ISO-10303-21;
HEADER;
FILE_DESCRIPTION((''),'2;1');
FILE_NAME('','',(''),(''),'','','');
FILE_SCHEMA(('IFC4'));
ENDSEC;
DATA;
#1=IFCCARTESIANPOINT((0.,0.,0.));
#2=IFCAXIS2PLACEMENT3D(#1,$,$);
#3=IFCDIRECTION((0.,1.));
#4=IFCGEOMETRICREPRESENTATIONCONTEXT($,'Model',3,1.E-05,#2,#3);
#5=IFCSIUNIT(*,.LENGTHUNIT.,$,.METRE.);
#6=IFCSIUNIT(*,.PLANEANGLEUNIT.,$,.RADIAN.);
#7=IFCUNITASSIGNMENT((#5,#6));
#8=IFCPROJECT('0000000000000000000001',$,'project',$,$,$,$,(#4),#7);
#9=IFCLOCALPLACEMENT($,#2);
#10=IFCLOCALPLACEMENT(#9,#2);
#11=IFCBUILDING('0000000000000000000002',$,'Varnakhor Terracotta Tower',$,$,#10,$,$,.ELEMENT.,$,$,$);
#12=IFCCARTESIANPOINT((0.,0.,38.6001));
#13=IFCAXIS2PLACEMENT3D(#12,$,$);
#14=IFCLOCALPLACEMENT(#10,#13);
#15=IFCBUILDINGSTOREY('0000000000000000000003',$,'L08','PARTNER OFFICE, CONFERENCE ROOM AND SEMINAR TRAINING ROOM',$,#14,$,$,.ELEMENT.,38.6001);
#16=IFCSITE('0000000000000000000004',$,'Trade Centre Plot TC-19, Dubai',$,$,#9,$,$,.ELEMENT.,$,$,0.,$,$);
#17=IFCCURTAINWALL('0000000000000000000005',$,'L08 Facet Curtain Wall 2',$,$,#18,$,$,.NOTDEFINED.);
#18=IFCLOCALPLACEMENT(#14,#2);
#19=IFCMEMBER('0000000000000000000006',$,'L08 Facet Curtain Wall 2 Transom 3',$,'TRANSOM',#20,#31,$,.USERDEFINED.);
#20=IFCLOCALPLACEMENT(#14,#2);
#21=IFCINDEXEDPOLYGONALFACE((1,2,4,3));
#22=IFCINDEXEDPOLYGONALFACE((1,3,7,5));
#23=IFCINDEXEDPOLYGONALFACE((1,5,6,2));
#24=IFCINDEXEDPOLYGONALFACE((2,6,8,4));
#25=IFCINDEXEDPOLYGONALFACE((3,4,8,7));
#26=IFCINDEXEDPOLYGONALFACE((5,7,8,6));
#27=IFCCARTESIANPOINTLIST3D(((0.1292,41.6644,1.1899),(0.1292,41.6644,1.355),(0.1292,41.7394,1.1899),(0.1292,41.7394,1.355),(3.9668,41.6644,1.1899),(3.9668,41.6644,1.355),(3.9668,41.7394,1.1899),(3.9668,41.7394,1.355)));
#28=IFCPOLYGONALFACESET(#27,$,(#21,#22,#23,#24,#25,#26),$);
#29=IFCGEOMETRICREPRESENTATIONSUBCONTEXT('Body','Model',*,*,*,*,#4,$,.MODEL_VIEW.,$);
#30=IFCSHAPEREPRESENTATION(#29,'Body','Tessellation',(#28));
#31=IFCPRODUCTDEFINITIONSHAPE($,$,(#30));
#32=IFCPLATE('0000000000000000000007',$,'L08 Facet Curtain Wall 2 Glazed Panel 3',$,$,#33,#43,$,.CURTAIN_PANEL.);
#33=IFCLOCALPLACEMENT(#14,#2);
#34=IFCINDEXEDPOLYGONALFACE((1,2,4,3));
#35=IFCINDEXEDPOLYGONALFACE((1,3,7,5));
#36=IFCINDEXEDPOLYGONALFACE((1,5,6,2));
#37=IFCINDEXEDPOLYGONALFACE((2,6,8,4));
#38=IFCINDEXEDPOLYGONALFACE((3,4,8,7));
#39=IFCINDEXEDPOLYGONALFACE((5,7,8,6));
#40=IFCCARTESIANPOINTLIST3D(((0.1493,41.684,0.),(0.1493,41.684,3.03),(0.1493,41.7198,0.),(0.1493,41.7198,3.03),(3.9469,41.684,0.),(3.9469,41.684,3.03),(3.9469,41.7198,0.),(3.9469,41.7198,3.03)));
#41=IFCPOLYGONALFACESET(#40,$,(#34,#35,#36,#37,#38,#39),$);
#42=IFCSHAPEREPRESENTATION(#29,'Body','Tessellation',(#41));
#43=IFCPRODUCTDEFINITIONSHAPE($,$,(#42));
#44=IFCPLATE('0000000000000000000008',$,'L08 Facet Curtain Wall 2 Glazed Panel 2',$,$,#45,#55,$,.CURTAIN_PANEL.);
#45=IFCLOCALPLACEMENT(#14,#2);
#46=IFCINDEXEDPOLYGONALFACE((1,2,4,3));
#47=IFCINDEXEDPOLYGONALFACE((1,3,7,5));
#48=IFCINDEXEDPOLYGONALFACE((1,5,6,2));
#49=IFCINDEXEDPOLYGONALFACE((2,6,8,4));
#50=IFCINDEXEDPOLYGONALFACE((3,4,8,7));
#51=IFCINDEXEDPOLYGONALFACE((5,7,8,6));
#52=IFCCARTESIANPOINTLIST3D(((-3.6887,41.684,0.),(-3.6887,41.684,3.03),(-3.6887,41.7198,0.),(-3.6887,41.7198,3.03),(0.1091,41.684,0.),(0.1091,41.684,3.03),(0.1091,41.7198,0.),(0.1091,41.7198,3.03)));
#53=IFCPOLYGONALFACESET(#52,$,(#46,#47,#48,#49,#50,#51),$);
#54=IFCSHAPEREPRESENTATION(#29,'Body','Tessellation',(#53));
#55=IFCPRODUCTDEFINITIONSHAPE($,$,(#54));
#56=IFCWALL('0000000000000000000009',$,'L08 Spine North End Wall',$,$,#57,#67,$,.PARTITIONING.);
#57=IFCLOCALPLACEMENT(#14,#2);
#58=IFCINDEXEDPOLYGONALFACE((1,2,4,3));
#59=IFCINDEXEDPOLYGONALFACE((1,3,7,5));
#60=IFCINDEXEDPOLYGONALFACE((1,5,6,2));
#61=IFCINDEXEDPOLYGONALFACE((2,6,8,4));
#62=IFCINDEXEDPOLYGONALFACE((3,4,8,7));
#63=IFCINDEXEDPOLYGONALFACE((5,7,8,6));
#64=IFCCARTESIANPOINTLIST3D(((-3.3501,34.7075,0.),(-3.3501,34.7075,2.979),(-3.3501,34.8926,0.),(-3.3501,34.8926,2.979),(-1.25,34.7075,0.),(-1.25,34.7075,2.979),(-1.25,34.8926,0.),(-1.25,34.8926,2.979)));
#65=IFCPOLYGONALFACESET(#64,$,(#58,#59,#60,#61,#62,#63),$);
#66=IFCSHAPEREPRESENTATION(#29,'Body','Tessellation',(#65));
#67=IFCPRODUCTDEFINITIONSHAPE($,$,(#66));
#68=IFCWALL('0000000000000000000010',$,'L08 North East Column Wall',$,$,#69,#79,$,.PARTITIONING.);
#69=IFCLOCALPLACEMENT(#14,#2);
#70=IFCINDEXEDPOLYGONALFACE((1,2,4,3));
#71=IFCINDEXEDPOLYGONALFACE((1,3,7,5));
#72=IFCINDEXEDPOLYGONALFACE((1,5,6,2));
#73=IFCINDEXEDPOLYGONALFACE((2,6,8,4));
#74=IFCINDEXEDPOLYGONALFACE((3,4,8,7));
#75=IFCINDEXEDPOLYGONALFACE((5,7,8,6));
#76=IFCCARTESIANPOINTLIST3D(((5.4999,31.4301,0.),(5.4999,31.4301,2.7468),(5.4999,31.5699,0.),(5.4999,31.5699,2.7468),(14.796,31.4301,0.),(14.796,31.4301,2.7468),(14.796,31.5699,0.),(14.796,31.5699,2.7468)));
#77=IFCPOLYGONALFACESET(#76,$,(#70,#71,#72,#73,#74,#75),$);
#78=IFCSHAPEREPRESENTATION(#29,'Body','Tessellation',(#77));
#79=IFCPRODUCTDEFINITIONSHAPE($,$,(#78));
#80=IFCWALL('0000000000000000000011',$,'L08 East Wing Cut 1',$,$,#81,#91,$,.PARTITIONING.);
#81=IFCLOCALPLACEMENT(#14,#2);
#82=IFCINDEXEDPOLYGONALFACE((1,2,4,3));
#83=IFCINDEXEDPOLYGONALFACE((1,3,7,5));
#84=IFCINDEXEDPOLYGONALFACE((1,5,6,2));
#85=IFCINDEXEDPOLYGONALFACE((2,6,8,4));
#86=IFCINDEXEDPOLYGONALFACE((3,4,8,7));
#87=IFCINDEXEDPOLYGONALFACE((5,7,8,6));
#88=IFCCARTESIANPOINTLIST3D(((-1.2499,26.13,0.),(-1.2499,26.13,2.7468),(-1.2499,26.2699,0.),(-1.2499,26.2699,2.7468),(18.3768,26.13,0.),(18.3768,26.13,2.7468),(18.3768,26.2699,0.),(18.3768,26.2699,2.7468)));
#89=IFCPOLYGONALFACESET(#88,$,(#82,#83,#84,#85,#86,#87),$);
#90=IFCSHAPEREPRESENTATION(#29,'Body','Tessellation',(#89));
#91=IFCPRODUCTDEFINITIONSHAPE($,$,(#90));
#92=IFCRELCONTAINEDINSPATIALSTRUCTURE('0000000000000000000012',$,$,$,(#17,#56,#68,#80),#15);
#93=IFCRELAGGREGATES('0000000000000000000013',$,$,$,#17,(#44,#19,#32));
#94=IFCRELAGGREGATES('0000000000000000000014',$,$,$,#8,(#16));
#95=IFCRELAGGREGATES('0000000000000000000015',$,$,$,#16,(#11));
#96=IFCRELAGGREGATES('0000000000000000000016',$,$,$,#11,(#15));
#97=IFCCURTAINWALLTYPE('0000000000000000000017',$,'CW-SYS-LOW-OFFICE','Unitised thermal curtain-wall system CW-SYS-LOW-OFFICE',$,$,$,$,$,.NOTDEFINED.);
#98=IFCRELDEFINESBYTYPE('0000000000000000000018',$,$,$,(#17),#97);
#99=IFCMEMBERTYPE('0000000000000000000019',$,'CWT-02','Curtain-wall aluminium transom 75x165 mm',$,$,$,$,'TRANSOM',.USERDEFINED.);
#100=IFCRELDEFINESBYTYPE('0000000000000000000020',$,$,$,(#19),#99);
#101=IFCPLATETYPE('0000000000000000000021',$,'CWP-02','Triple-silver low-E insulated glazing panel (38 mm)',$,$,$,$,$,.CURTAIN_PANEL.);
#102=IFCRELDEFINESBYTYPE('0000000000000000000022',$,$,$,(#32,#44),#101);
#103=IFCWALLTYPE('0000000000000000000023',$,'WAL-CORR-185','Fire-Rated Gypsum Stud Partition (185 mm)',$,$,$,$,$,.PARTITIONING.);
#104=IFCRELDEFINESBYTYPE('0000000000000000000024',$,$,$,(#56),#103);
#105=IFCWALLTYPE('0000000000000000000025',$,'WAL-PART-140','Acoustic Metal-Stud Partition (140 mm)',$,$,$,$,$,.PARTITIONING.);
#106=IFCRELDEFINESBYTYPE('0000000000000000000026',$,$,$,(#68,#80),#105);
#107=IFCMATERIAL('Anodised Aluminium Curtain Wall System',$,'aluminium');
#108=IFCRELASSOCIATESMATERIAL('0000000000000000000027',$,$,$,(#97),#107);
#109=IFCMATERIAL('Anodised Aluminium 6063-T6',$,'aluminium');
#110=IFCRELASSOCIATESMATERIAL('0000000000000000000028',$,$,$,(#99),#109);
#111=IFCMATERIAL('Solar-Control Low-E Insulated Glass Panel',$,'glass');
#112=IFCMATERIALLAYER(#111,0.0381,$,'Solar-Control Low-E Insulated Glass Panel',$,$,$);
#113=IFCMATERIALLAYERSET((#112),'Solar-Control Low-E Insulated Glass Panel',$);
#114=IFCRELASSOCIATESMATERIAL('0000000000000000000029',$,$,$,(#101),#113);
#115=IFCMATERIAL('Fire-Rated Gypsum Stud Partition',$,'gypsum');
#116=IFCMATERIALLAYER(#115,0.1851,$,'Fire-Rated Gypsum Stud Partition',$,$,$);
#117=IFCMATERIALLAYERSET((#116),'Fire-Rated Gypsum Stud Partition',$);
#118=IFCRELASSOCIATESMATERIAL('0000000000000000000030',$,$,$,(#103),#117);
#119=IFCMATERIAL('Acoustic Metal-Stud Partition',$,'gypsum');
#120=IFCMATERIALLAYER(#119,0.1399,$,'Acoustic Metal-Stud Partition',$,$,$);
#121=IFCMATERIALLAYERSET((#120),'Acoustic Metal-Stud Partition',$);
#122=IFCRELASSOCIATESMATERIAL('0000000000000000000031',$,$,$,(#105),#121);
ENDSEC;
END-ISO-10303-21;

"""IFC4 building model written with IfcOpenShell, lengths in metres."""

from ifc_helpers import new_model, si_unit, direction, frame, frame_2d, origin, origin_2d, place, context, subcontext, project, spatial, rectangle, extrude, source, transform, mapped, material, layer, layer_set, material_profile, profile_set, type_object, element, aggregate, save


model = new_model("IFC4")

# Units and contexts
model_context = context("Model", 3, precision=1e-05, world=origin(), true_north=direction((0.0, 1.0)))
body_context = subcontext(model_context, "Body", "Model", "MODEL_VIEW")
ifc_project = project(units=[si_unit("LENGTHUNIT", "METRE"), si_unit("PLANEANGLEUNIT", "RADIAN")], contexts=[model_context])

# Site, building, storey
site_placement = place(None, origin())
site = spatial("IfcSite", under=ifc_project, at=site_placement, Name="Trade Centre Plot TC-19, Dubai", CompositionType="ELEMENT", RefElevation=0.0)
building_placement = place(site_placement, origin())
building = spatial("IfcBuilding", under=site, at=building_placement, Name="Varnakhor Terracotta Tower", CompositionType="ELEMENT")
storey_placement = place(building_placement, frame((0.0, 0.0, 38.6001)))
storey = spatial("IfcBuildingStorey", under=building, at=storey_placement, Name="L08", Description="PARTNER OFFICE, CONFERENCE ROOM AND SEMINAR TRAINING ROOM", CompositionType="ELEMENT", Elevation=38.6001)

# Curtain wall, member, plates
ifc_material_1 = material(Name="Anodised Aluminium Curtain Wall System", Category="aluminium")
curtain_wall_type = type_object("IfcCurtainWallType", Name="CW-SYS-LOW-OFFICE", Description="Unitised thermal curtain-wall system CW-SYS-LOW-OFFICE", PredefinedType="NOTDEFINED", material=ifc_material_1)
curtain_wall_placement = place(storey_placement, origin())
curtain_wall = element("IfcCurtainWall", 1, at=curtain_wall_placement, inside=storey, type_object=curtain_wall_type, Name="L08 Facet Curtain Wall 2", PredefinedType="NOTDEFINED")
ifc_material_2 = material(Name="Anodised Aluminium 6063-T6", Category="aluminium")
ifc_material_profile_1 = material_profile(ifc_material_2, rectangle(XDim=0.075, YDim=0.165, at=origin_2d()), Name="ALU TRANSOM 75x165")
ifc_profile_set_1 = profile_set([ifc_material_profile_1], Name="Anodised Aluminium 6063-T6")
member_type_1 = type_object("IfcMemberType", Name="CWT-02", Description="Curtain-wall aluminium transom 75x165 mm", ElementType="TRANSOM", PredefinedType="USERDEFINED", material=ifc_profile_set_1)
shared_shape_1 = source(origin(), body_context, "Body", "SweptSolid", [
    extrude(rectangle(XDim=0.075, YDim=0.165, at=origin_2d()), origin(), (0.0, 0.0, 1.0), 3.8376),
])
member_1_placement = place(storey_placement, frame((0.1292, 41.7019, 1.2725), z_axis=(1.0, 0.0, 0.0), x_axis=(0.0, 1.0, 0.0)))
member_1 = element("IfcMember", 2, at=member_1_placement, type_object=member_type_1, Name="L08 Facet Curtain Wall 2 Transom 3", ObjectType="TRANSOM", PredefinedType="USERDEFINED", context=body_context, shape_type="MappedRepresentation", body=[
    mapped(shared_shape_1, transform((0.0, 0.0, 0.0), scale=1.0)),
])
ifc_material_3 = material(Name="Solar-Control Low-E Insulated Glass Panel", Category="glass")
ifc_layer_1 = layer(ifc_material_3, 0.0381, Name="Solar-Control Low-E Insulated Glass Panel")
ifc_layer_set_1 = layer_set([ifc_layer_1], Name="Solar-Control Low-E Insulated Glass Panel")
plate_type = type_object("IfcPlateType", Name="CWP-02", Description="Triple-silver low-E insulated glazing panel (38 mm)", PredefinedType="CURTAIN_PANEL", material=ifc_layer_set_1)
shared_shape_2 = source(origin(), body_context, "Body", "SweptSolid", [
    extrude(rectangle(XDim=3.7976, YDim=0.0359, at=origin_2d()), origin(), (0.0, 0.0, 1.0), 3.03),
])
plate_1_placement = place(storey_placement, frame((2.0481, 41.7019, 0.0), z_axis=(0.0, 0.0, 1.0), x_axis=(1.0, 0.0, 0.0)))
plate_1 = element("IfcPlate", 3, at=plate_1_placement, type_object=plate_type, Name="L08 Facet Curtain Wall 2 Glazed Panel 3", PredefinedType="CURTAIN_PANEL", context=body_context, shape_type="MappedRepresentation", body=[
    mapped(shared_shape_2, transform((0.0, 0.0, 0.0), scale=1.0)),
])
shared_shape_3 = source(origin(), body_context, "Body", "SweptSolid", [
    extrude(rectangle(XDim=3.7979, YDim=0.0359, at=origin_2d()), origin(), (0.0, 0.0, 1.0), 3.03),
])
plate_2_placement = place(storey_placement, frame((-1.7898, 41.7019, 0.0), z_axis=(0.0, 0.0, 1.0), x_axis=(1.0, 0.0, 0.0)))
plate_2 = element("IfcPlate", 4, at=plate_2_placement, type_object=plate_type, Name="L08 Facet Curtain Wall 2 Glazed Panel 2", PredefinedType="CURTAIN_PANEL", context=body_context, shape_type="MappedRepresentation", body=[
    mapped(shared_shape_3, transform((0.0, 0.0, 0.0), scale=1.0)),
])
aggregate(curtain_wall, [plate_2, member_1, plate_1])

# Walls
ifc_material_4 = material(Name="Fire-Rated Gypsum Stud Partition", Category="gypsum")
ifc_layer_2 = layer(ifc_material_4, 0.1851, Name="Fire-Rated Gypsum Stud Partition")
ifc_layer_set_2 = layer_set([ifc_layer_2], Name="Fire-Rated Gypsum Stud Partition")
wall_type_1 = type_object("IfcWallType", Name="WAL-CORR-185", Description="Fire-Rated Gypsum Stud Partition (185 mm)", PredefinedType="PARTITIONING", material=ifc_layer_set_2)
wall_1_placement = place(storey_placement, frame((-3.3501, 34.8, 0.0), z_axis=(0.0, 0.0, 1.0), x_axis=(1.0, 0.0, 0.0)))
element("IfcWall", 5, at=wall_1_placement, inside=storey, type_object=wall_type_1, Name="L08 Spine North End Wall", PredefinedType="PARTITIONING", context=body_context, shape_type="SweptSolid", body=[
    extrude(rectangle(XDim=2.1001, YDim=0.1851, at=frame_2d((1.05, 0.0))), origin(), (0.0, 0.0, 1.0), 2.979),
])
ifc_material_5 = material(Name="Acoustic Metal-Stud Partition", Category="gypsum")
ifc_layer_3 = layer(ifc_material_5, 0.1399, Name="Acoustic Metal-Stud Partition")
ifc_layer_set_3 = layer_set([ifc_layer_3], Name="Acoustic Metal-Stud Partition")
wall_type_2 = type_object("IfcWallType", Name="WAL-PART-140", Description="Acoustic Metal-Stud Partition (140 mm)", PredefinedType="PARTITIONING", material=ifc_layer_set_3)
wall_2_placement = place(storey_placement, frame((5.5, 31.5, 0.0), z_axis=(0.0, 0.0, 1.0), x_axis=(1.0, 0.0, 0.0)))
element("IfcWall", 6, at=wall_2_placement, inside=storey, type_object=wall_type_2, Name="L08 North East Column Wall", PredefinedType="PARTITIONING", context=body_context, shape_type="SweptSolid", body=[
    extrude(rectangle(XDim=9.2961, YDim=0.1399, at=frame_2d((4.6479, 0.0))), origin(), (0.0, 0.0, 1.0), 2.7468),
])
wall_3_placement = place(storey_placement, frame((-1.25, 26.2, 0.0), z_axis=(0.0, 0.0, 1.0), x_axis=(1.0, 0.0, 0.0)))
element("IfcWall", 7, at=wall_3_placement, inside=storey, type_object=wall_type_2, Name="L08 East Wing Cut 1", PredefinedType="PARTITIONING", context=body_context, shape_type="SweptSolid", body=[
    extrude(rectangle(XDim=19.6267, YDim=0.1399, at=frame_2d((9.8135, 0.0))), origin(), (0.0, 0.0, 1.0), 2.7468),
])

save(model, "model.ifc")
